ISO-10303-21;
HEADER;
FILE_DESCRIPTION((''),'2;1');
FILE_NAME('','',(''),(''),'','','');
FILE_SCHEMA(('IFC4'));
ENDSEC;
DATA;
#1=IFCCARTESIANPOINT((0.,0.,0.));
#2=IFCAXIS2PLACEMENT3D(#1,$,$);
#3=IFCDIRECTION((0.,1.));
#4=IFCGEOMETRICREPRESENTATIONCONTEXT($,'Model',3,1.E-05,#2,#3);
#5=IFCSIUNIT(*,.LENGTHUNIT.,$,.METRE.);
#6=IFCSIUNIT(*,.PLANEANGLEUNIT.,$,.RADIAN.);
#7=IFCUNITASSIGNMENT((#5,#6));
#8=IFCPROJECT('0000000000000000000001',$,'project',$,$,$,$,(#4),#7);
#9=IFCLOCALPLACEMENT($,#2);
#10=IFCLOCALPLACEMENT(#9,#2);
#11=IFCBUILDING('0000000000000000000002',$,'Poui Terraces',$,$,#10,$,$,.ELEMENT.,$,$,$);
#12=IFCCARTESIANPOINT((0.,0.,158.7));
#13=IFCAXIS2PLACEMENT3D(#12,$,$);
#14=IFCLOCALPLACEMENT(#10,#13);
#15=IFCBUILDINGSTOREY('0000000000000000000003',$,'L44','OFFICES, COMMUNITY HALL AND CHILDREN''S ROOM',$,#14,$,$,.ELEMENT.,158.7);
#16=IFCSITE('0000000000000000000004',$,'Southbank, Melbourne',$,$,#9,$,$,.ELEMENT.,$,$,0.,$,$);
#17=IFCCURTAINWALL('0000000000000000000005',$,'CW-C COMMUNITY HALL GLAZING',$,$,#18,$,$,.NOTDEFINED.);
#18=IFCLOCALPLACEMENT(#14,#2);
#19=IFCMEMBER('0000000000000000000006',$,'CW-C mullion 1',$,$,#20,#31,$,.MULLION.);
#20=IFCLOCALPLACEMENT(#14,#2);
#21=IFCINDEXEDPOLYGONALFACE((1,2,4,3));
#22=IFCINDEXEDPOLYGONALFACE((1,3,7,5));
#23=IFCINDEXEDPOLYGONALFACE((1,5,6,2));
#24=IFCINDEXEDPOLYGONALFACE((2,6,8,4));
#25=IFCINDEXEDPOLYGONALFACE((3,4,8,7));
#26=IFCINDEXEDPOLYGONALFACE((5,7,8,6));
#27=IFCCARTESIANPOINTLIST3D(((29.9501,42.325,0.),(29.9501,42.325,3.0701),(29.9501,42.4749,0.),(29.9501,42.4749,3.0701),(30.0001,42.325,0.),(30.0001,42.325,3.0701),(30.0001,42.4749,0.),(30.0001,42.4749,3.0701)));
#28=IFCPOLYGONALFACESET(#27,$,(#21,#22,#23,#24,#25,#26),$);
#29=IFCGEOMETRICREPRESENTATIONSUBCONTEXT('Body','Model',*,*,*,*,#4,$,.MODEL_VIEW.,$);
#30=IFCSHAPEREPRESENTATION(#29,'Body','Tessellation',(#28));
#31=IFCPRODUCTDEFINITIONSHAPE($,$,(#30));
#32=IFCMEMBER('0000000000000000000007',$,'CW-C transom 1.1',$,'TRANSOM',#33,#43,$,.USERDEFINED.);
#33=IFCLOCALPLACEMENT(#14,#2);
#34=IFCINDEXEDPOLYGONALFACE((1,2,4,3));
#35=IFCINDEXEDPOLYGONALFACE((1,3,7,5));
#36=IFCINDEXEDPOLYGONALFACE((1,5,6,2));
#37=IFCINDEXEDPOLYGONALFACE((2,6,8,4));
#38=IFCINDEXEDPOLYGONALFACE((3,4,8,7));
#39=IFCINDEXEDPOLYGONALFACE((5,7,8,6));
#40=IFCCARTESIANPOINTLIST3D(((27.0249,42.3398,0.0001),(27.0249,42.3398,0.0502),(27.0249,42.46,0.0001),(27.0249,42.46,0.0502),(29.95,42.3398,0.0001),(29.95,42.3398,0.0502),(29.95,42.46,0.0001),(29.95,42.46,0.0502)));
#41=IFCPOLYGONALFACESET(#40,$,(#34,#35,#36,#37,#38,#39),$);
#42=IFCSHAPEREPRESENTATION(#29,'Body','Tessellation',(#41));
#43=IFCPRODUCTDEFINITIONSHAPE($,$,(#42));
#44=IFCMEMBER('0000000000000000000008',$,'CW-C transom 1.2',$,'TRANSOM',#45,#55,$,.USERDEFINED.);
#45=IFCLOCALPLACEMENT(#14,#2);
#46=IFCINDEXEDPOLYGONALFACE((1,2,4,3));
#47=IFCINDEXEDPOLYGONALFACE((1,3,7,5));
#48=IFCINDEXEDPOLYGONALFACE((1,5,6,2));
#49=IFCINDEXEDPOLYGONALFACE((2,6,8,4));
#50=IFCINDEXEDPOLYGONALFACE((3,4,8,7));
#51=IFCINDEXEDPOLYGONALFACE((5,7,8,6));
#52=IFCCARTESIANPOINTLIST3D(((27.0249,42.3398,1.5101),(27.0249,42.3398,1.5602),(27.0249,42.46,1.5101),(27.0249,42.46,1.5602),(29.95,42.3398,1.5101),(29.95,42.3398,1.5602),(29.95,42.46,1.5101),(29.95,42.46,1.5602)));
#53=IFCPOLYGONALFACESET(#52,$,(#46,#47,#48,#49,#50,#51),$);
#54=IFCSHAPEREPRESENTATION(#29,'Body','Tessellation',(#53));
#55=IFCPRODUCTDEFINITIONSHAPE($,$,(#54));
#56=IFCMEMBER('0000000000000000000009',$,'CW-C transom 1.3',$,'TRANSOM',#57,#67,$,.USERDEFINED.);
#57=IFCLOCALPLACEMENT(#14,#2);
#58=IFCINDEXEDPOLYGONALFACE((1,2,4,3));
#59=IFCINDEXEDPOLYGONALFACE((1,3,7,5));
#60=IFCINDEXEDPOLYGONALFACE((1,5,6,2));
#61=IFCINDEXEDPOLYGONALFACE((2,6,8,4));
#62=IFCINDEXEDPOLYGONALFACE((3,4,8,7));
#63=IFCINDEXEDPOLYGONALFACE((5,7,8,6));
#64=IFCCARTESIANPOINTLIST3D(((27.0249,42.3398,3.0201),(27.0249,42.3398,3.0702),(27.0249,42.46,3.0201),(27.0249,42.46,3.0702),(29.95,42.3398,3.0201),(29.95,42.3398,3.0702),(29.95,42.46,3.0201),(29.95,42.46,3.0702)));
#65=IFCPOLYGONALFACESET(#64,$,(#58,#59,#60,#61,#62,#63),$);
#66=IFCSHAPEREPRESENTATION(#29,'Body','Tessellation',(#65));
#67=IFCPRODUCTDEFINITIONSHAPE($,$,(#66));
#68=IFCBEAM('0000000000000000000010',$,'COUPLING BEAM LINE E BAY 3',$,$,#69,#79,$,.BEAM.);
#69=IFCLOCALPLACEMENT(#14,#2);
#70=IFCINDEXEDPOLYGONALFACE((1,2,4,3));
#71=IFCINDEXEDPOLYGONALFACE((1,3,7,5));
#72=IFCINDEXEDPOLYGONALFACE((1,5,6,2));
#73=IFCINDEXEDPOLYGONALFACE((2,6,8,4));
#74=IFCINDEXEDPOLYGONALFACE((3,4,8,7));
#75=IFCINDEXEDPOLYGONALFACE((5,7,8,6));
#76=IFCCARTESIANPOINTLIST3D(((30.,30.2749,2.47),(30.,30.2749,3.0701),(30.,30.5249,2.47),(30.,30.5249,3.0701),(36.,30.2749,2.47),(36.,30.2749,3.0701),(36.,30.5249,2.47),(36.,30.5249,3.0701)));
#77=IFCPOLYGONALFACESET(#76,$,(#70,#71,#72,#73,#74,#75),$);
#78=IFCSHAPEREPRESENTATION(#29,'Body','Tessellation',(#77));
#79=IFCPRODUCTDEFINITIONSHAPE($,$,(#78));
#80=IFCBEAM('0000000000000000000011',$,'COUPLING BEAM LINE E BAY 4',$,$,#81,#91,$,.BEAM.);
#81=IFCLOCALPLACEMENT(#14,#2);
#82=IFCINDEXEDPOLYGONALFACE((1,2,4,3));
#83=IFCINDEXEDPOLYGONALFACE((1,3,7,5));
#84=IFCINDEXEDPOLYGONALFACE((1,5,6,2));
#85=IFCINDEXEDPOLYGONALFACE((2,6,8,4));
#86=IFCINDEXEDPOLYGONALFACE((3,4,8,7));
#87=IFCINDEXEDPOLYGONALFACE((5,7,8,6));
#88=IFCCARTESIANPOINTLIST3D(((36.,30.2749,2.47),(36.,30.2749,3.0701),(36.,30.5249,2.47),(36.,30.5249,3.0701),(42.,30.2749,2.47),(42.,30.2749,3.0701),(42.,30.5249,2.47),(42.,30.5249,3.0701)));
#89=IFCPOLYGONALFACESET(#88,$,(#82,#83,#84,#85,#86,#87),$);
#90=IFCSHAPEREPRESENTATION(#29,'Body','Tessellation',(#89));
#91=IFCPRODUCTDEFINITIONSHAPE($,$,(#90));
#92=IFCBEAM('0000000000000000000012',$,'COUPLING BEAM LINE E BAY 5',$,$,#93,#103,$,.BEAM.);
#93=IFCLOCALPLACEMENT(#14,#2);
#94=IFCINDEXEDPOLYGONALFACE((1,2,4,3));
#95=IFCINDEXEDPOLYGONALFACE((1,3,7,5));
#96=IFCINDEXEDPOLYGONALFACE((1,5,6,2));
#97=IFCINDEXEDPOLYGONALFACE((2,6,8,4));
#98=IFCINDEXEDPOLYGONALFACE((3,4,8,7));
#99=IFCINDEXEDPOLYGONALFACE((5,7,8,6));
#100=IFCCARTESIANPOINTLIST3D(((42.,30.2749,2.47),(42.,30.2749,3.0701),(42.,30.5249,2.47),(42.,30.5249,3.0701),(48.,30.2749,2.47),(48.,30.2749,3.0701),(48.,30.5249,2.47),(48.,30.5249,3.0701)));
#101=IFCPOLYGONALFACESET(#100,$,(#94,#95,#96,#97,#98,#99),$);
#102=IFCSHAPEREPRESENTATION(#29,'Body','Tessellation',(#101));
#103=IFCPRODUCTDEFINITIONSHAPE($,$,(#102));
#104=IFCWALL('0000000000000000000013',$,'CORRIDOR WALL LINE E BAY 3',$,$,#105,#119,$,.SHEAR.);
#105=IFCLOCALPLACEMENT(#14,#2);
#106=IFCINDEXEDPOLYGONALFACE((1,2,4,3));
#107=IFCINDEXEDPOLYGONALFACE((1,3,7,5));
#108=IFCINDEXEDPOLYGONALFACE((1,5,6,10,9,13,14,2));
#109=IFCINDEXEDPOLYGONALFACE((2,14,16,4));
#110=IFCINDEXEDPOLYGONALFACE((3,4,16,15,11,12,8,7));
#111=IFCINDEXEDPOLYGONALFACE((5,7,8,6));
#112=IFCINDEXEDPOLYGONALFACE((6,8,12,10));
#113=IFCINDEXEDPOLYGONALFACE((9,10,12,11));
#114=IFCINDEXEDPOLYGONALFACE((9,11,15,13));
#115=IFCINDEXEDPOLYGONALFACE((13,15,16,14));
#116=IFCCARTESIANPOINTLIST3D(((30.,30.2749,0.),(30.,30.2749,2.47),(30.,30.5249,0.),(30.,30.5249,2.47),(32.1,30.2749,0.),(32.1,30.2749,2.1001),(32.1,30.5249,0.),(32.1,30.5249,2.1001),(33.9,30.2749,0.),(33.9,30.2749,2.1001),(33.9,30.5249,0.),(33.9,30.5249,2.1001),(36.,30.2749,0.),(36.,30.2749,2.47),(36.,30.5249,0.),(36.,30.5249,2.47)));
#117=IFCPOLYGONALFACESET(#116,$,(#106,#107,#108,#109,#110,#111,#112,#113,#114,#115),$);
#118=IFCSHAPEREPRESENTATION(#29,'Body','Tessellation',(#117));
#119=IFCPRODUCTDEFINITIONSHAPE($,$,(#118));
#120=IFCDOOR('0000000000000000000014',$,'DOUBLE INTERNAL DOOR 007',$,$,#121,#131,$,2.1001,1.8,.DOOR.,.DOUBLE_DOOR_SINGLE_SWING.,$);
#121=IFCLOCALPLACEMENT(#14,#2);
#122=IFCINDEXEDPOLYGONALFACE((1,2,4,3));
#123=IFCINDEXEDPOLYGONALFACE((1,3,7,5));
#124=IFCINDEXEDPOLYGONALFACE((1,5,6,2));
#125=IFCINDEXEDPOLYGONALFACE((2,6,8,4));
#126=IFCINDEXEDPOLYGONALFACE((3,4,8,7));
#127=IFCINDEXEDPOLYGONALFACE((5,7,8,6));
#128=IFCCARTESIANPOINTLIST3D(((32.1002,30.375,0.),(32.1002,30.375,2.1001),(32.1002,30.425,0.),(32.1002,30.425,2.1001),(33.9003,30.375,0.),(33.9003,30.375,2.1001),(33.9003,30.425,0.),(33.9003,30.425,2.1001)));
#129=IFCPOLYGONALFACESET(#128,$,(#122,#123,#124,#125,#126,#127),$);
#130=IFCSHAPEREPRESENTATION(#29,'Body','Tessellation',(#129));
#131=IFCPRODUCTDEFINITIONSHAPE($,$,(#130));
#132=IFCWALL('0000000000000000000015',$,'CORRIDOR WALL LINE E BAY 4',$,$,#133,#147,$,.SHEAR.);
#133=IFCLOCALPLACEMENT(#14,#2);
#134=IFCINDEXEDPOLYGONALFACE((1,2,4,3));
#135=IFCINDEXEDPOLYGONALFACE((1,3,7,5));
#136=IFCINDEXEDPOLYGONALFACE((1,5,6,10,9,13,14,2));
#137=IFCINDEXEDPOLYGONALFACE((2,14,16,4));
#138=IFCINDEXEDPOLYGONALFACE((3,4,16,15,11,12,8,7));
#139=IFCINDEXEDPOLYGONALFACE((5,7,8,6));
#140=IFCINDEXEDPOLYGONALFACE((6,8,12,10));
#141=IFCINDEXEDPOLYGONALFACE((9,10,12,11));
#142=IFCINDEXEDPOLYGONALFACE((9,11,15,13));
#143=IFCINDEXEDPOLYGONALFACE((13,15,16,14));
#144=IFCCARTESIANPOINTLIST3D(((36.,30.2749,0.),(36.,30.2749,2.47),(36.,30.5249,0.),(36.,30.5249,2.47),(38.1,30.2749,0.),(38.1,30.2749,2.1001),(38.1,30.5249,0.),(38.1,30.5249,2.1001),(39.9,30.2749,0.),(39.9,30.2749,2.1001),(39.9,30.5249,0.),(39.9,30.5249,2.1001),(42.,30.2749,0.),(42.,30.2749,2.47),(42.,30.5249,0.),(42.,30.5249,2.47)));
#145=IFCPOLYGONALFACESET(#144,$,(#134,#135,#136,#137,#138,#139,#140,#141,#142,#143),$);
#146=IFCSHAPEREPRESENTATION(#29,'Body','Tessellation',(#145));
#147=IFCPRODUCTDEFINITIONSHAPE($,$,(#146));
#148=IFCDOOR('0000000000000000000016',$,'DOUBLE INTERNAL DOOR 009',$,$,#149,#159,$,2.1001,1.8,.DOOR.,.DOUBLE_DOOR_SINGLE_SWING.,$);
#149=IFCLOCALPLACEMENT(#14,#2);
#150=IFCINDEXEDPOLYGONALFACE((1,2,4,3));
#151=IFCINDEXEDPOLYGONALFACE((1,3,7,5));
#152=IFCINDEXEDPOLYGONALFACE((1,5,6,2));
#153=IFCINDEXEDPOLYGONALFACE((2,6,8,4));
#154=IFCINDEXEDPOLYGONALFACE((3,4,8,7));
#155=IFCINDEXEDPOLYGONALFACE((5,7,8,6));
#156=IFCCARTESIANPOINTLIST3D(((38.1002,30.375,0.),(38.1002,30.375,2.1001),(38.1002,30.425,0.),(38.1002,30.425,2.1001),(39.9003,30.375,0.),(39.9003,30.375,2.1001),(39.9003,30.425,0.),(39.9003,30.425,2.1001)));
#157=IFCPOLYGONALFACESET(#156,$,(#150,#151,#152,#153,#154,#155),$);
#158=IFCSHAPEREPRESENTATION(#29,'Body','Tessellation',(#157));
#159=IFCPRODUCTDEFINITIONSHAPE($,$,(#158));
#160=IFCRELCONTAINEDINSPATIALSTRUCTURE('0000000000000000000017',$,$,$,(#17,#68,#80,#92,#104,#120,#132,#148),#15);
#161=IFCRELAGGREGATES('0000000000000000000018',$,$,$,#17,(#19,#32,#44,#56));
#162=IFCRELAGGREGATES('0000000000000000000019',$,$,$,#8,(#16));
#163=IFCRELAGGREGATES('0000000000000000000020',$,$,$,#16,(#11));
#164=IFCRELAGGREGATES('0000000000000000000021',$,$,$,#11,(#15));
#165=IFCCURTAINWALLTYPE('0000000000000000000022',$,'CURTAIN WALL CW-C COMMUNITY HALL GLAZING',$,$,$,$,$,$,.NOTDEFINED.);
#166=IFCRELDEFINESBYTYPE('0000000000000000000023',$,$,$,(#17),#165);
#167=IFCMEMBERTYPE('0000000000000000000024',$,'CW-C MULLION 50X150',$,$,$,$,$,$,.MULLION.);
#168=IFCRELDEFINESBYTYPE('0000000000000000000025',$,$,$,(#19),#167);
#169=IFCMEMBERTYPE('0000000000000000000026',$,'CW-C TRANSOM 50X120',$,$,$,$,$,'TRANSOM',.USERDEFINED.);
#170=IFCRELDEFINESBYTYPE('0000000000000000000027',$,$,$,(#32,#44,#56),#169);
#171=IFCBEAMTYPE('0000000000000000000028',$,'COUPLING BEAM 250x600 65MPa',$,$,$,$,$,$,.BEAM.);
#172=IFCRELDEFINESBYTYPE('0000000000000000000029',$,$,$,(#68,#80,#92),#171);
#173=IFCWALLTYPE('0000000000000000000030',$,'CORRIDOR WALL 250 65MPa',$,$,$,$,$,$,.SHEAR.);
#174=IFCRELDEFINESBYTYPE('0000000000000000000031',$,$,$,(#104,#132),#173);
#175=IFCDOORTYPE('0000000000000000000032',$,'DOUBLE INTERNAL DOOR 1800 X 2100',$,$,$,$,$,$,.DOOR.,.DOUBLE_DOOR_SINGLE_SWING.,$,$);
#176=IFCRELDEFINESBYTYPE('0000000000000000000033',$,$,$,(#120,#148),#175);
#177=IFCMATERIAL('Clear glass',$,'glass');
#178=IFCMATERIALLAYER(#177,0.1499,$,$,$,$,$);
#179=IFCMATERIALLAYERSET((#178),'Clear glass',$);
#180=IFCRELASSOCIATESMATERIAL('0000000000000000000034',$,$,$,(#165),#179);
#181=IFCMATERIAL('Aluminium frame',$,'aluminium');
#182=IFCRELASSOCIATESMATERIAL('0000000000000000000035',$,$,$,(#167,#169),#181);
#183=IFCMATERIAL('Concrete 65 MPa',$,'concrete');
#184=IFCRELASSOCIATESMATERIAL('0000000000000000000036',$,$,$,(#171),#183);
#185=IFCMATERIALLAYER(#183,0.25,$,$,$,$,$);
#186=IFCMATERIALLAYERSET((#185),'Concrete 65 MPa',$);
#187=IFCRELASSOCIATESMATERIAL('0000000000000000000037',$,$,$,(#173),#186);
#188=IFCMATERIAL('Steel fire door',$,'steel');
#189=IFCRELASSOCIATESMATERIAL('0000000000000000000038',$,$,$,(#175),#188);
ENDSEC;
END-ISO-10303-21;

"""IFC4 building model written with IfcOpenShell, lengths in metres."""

from ifc_helpers import new_model, si_unit, direction, frame, frame_2d, origin, origin_2d, place, context, subcontext, project, spatial, rectangle, extrude, source, transform, mapped, material, layer, layer_set, material_profile, profile_set, type_object, element, fill, aggregate, save


model = new_model("IFC4")

# Units and contexts
model_context = context("Model", 3, precision=1e-05, world=origin(), true_north=direction((0.0, 1.0)))
body_context = subcontext(model_context, "Body", "Model", "MODEL_VIEW")
ifc_project = project(units=[si_unit("LENGTHUNIT", "METRE"), si_unit("PLANEANGLEUNIT", "RADIAN")], contexts=[model_context])

# Site, building, storey
site_placement = place(None, origin())
site = spatial("IfcSite", under=ifc_project, at=site_placement, Name="Southbank, Melbourne", CompositionType="ELEMENT", RefElevation=0.0)
building_placement = place(site_placement, origin())
building = spatial("IfcBuilding", under=site, at=building_placement, Name="Poui Terraces", CompositionType="ELEMENT")
storey_placement = place(building_placement, frame((0.0, 0.0, 158.7)))
storey = spatial("IfcBuildingStorey", under=building, at=storey_placement, Name="L44", Description="OFFICES, COMMUNITY HALL AND CHILDREN'S ROOM", CompositionType="ELEMENT", Elevation=158.7)

# Curtain wall, members
ifc_material_1 = material(Name="Clear glass", Category="glass")
ifc_layer_1 = layer(ifc_material_1, 0.1499)
ifc_layer_set_1 = layer_set([ifc_layer_1], Name="Clear glass")
curtain_wall_type = type_object("IfcCurtainWallType", Name="CURTAIN WALL CW-C COMMUNITY HALL GLAZING", PredefinedType="NOTDEFINED", material=ifc_layer_set_1)
curtain_wall_placement = place(storey_placement, origin())
curtain_wall = element("IfcCurtainWall", 1, at=curtain_wall_placement, inside=storey, type_object=curtain_wall_type, Name="CW-C COMMUNITY HALL GLAZING", PredefinedType="NOTDEFINED")
ifc_material_2 = material(Name="Aluminium frame", Category="aluminium")
ifc_material_profile_1 = material_profile(ifc_material_2, rectangle(XDim=0.1499, YDim=0.05, at=origin_2d()), Name="CW-C MULLION 50X150")
ifc_profile_set_1 = profile_set([ifc_material_profile_1], Name="Aluminium frame")
member_type_1 = type_object("IfcMemberType", Name="CW-C MULLION 50X150", PredefinedType="MULLION", material=ifc_profile_set_1)
member_1_placement = place(storey_placement, frame((29.9751, 42.3999, 0.0), z_axis=(0.0, 0.0, 1.0), x_axis=(0.0, -1.0, 0.0)))
member_1 = element("IfcMember", 2, at=member_1_placement, type_object=member_type_1, Name="CW-C mullion 1", PredefinedType="MULLION", context=body_context, shape_type="SweptSolid", body=[
    extrude(rectangle(XDim=0.1499, YDim=0.05, at=origin_2d()), origin(), (0.0, 0.0, 1.0), 3.0701),
])
ifc_material_profile_2 = material_profile(ifc_material_2, rectangle(XDim=0.1201, YDim=0.05, at=origin_2d()), Name="CW-C TRANSOM 50X120")
ifc_profile_set_2 = profile_set([ifc_material_profile_2], Name="Aluminium frame")
member_type_2 = type_object("IfcMemberType", Name="CW-C TRANSOM 50X120", ElementType="TRANSOM", PredefinedType="USERDEFINED", material=ifc_profile_set_2)
member_2_placement = place(storey_placement, frame((29.95, 42.3999, 0.0251), z_axis=(-1.0, 0.0, 0.0), x_axis=(0.0, -1.0, 0.0)))
member_2 = element("IfcMember", 3, at=member_2_placement, type_object=member_type_2, Name="CW-C transom 1.1", ObjectType="TRANSOM", PredefinedType="USERDEFINED", context=body_context, shape_type="SweptSolid", body=[
    extrude(rectangle(XDim=0.1201, YDim=0.05, at=origin_2d()), origin(), (0.0, 0.0, 1.0), 2.925),
])
member_3_placement = place(storey_placement, frame((29.95, 42.3999, 1.5352), z_axis=(-1.0, 0.0, 0.0), x_axis=(0.0, -1.0, 0.0)))
member_3 = element("IfcMember", 4, at=member_3_placement, type_object=member_type_2, Name="CW-C transom 1.2", ObjectType="TRANSOM", PredefinedType="USERDEFINED", context=body_context, shape_type="SweptSolid", body=[
    extrude(rectangle(XDim=0.1201, YDim=0.05, at=origin_2d()), origin(), (0.0, 0.0, 1.0), 2.925),
])
member_4_placement = place(storey_placement, frame((29.95, 42.3999, 3.0452), z_axis=(-1.0, 0.0, 0.0), x_axis=(0.0, -1.0, 0.0)))
member_4 = element("IfcMember", 5, at=member_4_placement, type_object=member_type_2, Name="CW-C transom 1.3", ObjectType="TRANSOM", PredefinedType="USERDEFINED", context=body_context, shape_type="SweptSolid", body=[
    extrude(rectangle(XDim=0.1201, YDim=0.05, at=origin_2d()), origin(), (0.0, 0.0, 1.0), 2.925),
])
aggregate(curtain_wall, [member_1, member_2, member_3, member_4])

# Beams
ifc_material_3 = material(Name="Concrete 65 MPa", Category="concrete")
ifc_material_profile_3 = material_profile(ifc_material_3, rectangle(XDim=0.25, YDim=0.6001, at=origin_2d()), Name="RC 250x600")
ifc_profile_set_3 = profile_set([ifc_material_profile_3], Name="Concrete 65 MPa")
beam_type = type_object("IfcBeamType", Name="COUPLING BEAM 250x600 65MPa", PredefinedType="BEAM", material=ifc_profile_set_3)
shared_shape = source(origin(), body_context, "Body", "SweptSolid", [
    extrude(rectangle(XDim=0.25, YDim=0.6001, at=origin_2d()), origin(), (0.0, 0.0, 1.0), 6.0),
])
for number, where, z_axis, x_axis, name in (
    (6, (30.0, 30.3999, 2.77), (1.0, 0.0, 0.0), (0.0, 1.0, 0.0), "COUPLING BEAM LINE E BAY 3"),
    (7, (36.0, 30.3999, 2.77), (1.0, 0.0, 0.0), (0.0, 1.0, 0.0), "COUPLING BEAM LINE E BAY 4"),
    (8, (42.0, 30.3999, 2.77), (1.0, 0.0, 0.0), (0.0, 1.0, 0.0), "COUPLING BEAM LINE E BAY 5"),
):
    element("IfcBeam", number, at=place(storey_placement, frame(where, z_axis=z_axis, x_axis=x_axis)), inside=storey, type_object=beam_type, Name=name, PredefinedType="BEAM", context=body_context, shape_type="MappedRepresentation", body=[
        mapped(shared_shape, transform((0.0, 0.0, 0.0))),
    ])

# Walls, openings, doors
ifc_layer_2 = layer(ifc_material_3, 0.25)
ifc_layer_set_2 = layer_set([ifc_layer_2], Name="Concrete 65 MPa")
wall_type_1 = type_object("IfcWallType", Name="CORRIDOR WALL 250 65MPa", PredefinedType="SHEAR", material=ifc_layer_set_2)
wall_1_placement = place(storey_placement, frame((30.0, 30.3999, 0.0), z_axis=(0.0, 0.0, 1.0), x_axis=(1.0, 0.0, 0.0)))
wall_1 = element("IfcWall", 9, at=wall_1_placement, inside=storey, type_object=wall_type_1, Name="CORRIDOR WALL LINE E BAY 3", PredefinedType="SHEAR", context=body_context, shape_type="SweptSolid", body=[
    extrude(rectangle(XDim=6.0, YDim=0.25, at=frame_2d((3.0, 0.0))), origin(), (0.0, 0.0, 1.0), 2.47),
])
opening_1_placement = place(wall_1_placement, frame((2.1001, 0.0, 0.0)))
opening_1 = element("IfcOpeningElement", 10, at=opening_1_placement, cuts=wall_1, PredefinedType="OPENING", context=body_context, shape_type="SweptSolid", body=[
    extrude(rectangle(XDim=1.8, YDim=2.1001, at=frame_2d((0.8999, 1.05))), frame((0.0, 0.135, 0.0), z_axis=(0.0, -1.0, 0.0), x_axis=(1.0, 0.0, 0.0)), (0.0, 0.0, 1.0), 0.27),
])
ifc_material_4 = material(Name="Steel fire door", Category="steel")
door_type = type_object("IfcDoorType", Name="DOUBLE INTERNAL DOOR 1800 X 2100", OperationType="DOUBLE_DOOR_SINGLE_SWING", PredefinedType="DOOR", material=ifc_material_4)
door_1_placement = place(opening_1_placement, frame((1.8, 0.0, 0.0), z_axis=(0.0, 0.0, 1.0), x_axis=(-1.0, 0.0, 0.0)))
door_1 = element("IfcDoor", 11, at=door_1_placement, inside=storey, type_object=door_type, Name="DOUBLE INTERNAL DOOR 007", OperationType="DOUBLE_DOOR_SINGLE_SWING", OverallHeight=2.1001, OverallWidth=1.8, PredefinedType="DOOR", context=body_context, shape_type="SweptSolid", body=[
    extrude(rectangle(XDim=1.8, YDim=2.1001, at=frame_2d((0.8999, 1.05))), frame((0.0, 0.0249, 0.0), z_axis=(0.0, -1.0, 0.0), x_axis=(1.0, 0.0, 0.0)), (0.0, 0.0, 1.0), 0.05),
])
fill(opening_1, door_1)
wall_2_placement = place(storey_placement, frame((36.0, 30.3999, 0.0), z_axis=(0.0, 0.0, 1.0), x_axis=(1.0, 0.0, 0.0)))
wall_2 = element("IfcWall", 12, at=wall_2_placement, inside=storey, type_object=wall_type_1, Name="CORRIDOR WALL LINE E BAY 4", PredefinedType="SHEAR", context=body_context, shape_type="SweptSolid", body=[
    extrude(rectangle(XDim=6.0, YDim=0.25, at=frame_2d((3.0, 0.0))), origin(), (0.0, 0.0, 1.0), 2.47),
])
opening_2_placement = place(wall_2_placement, frame((2.1001, 0.0, 0.0)))
opening_2 = element("IfcOpeningElement", 13, at=opening_2_placement, cuts=wall_2, PredefinedType="OPENING", context=body_context, shape_type="SweptSolid", body=[
    extrude(rectangle(XDim=1.8, YDim=2.1001, at=frame_2d((0.8999, 1.05))), frame((0.0, 0.135, 0.0), z_axis=(0.0, -1.0, 0.0), x_axis=(1.0, 0.0, 0.0)), (0.0, 0.0, 1.0), 0.27),
])
door_2_placement = place(opening_2_placement, frame((1.8, 0.0, 0.0), z_axis=(0.0, 0.0, 1.0), x_axis=(-1.0, 0.0, 0.0)))
door_2 = element("IfcDoor", 14, at=door_2_placement, inside=storey, type_object=door_type, Name="DOUBLE INTERNAL DOOR 009", OperationType="DOUBLE_DOOR_SINGLE_SWING", OverallHeight=2.1001, OverallWidth=1.8, PredefinedType="DOOR", context=body_context, shape_type="SweptSolid", body=[
    extrude(rectangle(XDim=1.8, YDim=2.1001, at=frame_2d((0.8999, 1.05))), frame((0.0, 0.0249, 0.0), z_axis=(0.0, -1.0, 0.0), x_axis=(1.0, 0.0, 0.0)), (0.0, 0.0, 1.0), 0.05),
])
fill(opening_2, door_2)

save(model, "model.ifc")
